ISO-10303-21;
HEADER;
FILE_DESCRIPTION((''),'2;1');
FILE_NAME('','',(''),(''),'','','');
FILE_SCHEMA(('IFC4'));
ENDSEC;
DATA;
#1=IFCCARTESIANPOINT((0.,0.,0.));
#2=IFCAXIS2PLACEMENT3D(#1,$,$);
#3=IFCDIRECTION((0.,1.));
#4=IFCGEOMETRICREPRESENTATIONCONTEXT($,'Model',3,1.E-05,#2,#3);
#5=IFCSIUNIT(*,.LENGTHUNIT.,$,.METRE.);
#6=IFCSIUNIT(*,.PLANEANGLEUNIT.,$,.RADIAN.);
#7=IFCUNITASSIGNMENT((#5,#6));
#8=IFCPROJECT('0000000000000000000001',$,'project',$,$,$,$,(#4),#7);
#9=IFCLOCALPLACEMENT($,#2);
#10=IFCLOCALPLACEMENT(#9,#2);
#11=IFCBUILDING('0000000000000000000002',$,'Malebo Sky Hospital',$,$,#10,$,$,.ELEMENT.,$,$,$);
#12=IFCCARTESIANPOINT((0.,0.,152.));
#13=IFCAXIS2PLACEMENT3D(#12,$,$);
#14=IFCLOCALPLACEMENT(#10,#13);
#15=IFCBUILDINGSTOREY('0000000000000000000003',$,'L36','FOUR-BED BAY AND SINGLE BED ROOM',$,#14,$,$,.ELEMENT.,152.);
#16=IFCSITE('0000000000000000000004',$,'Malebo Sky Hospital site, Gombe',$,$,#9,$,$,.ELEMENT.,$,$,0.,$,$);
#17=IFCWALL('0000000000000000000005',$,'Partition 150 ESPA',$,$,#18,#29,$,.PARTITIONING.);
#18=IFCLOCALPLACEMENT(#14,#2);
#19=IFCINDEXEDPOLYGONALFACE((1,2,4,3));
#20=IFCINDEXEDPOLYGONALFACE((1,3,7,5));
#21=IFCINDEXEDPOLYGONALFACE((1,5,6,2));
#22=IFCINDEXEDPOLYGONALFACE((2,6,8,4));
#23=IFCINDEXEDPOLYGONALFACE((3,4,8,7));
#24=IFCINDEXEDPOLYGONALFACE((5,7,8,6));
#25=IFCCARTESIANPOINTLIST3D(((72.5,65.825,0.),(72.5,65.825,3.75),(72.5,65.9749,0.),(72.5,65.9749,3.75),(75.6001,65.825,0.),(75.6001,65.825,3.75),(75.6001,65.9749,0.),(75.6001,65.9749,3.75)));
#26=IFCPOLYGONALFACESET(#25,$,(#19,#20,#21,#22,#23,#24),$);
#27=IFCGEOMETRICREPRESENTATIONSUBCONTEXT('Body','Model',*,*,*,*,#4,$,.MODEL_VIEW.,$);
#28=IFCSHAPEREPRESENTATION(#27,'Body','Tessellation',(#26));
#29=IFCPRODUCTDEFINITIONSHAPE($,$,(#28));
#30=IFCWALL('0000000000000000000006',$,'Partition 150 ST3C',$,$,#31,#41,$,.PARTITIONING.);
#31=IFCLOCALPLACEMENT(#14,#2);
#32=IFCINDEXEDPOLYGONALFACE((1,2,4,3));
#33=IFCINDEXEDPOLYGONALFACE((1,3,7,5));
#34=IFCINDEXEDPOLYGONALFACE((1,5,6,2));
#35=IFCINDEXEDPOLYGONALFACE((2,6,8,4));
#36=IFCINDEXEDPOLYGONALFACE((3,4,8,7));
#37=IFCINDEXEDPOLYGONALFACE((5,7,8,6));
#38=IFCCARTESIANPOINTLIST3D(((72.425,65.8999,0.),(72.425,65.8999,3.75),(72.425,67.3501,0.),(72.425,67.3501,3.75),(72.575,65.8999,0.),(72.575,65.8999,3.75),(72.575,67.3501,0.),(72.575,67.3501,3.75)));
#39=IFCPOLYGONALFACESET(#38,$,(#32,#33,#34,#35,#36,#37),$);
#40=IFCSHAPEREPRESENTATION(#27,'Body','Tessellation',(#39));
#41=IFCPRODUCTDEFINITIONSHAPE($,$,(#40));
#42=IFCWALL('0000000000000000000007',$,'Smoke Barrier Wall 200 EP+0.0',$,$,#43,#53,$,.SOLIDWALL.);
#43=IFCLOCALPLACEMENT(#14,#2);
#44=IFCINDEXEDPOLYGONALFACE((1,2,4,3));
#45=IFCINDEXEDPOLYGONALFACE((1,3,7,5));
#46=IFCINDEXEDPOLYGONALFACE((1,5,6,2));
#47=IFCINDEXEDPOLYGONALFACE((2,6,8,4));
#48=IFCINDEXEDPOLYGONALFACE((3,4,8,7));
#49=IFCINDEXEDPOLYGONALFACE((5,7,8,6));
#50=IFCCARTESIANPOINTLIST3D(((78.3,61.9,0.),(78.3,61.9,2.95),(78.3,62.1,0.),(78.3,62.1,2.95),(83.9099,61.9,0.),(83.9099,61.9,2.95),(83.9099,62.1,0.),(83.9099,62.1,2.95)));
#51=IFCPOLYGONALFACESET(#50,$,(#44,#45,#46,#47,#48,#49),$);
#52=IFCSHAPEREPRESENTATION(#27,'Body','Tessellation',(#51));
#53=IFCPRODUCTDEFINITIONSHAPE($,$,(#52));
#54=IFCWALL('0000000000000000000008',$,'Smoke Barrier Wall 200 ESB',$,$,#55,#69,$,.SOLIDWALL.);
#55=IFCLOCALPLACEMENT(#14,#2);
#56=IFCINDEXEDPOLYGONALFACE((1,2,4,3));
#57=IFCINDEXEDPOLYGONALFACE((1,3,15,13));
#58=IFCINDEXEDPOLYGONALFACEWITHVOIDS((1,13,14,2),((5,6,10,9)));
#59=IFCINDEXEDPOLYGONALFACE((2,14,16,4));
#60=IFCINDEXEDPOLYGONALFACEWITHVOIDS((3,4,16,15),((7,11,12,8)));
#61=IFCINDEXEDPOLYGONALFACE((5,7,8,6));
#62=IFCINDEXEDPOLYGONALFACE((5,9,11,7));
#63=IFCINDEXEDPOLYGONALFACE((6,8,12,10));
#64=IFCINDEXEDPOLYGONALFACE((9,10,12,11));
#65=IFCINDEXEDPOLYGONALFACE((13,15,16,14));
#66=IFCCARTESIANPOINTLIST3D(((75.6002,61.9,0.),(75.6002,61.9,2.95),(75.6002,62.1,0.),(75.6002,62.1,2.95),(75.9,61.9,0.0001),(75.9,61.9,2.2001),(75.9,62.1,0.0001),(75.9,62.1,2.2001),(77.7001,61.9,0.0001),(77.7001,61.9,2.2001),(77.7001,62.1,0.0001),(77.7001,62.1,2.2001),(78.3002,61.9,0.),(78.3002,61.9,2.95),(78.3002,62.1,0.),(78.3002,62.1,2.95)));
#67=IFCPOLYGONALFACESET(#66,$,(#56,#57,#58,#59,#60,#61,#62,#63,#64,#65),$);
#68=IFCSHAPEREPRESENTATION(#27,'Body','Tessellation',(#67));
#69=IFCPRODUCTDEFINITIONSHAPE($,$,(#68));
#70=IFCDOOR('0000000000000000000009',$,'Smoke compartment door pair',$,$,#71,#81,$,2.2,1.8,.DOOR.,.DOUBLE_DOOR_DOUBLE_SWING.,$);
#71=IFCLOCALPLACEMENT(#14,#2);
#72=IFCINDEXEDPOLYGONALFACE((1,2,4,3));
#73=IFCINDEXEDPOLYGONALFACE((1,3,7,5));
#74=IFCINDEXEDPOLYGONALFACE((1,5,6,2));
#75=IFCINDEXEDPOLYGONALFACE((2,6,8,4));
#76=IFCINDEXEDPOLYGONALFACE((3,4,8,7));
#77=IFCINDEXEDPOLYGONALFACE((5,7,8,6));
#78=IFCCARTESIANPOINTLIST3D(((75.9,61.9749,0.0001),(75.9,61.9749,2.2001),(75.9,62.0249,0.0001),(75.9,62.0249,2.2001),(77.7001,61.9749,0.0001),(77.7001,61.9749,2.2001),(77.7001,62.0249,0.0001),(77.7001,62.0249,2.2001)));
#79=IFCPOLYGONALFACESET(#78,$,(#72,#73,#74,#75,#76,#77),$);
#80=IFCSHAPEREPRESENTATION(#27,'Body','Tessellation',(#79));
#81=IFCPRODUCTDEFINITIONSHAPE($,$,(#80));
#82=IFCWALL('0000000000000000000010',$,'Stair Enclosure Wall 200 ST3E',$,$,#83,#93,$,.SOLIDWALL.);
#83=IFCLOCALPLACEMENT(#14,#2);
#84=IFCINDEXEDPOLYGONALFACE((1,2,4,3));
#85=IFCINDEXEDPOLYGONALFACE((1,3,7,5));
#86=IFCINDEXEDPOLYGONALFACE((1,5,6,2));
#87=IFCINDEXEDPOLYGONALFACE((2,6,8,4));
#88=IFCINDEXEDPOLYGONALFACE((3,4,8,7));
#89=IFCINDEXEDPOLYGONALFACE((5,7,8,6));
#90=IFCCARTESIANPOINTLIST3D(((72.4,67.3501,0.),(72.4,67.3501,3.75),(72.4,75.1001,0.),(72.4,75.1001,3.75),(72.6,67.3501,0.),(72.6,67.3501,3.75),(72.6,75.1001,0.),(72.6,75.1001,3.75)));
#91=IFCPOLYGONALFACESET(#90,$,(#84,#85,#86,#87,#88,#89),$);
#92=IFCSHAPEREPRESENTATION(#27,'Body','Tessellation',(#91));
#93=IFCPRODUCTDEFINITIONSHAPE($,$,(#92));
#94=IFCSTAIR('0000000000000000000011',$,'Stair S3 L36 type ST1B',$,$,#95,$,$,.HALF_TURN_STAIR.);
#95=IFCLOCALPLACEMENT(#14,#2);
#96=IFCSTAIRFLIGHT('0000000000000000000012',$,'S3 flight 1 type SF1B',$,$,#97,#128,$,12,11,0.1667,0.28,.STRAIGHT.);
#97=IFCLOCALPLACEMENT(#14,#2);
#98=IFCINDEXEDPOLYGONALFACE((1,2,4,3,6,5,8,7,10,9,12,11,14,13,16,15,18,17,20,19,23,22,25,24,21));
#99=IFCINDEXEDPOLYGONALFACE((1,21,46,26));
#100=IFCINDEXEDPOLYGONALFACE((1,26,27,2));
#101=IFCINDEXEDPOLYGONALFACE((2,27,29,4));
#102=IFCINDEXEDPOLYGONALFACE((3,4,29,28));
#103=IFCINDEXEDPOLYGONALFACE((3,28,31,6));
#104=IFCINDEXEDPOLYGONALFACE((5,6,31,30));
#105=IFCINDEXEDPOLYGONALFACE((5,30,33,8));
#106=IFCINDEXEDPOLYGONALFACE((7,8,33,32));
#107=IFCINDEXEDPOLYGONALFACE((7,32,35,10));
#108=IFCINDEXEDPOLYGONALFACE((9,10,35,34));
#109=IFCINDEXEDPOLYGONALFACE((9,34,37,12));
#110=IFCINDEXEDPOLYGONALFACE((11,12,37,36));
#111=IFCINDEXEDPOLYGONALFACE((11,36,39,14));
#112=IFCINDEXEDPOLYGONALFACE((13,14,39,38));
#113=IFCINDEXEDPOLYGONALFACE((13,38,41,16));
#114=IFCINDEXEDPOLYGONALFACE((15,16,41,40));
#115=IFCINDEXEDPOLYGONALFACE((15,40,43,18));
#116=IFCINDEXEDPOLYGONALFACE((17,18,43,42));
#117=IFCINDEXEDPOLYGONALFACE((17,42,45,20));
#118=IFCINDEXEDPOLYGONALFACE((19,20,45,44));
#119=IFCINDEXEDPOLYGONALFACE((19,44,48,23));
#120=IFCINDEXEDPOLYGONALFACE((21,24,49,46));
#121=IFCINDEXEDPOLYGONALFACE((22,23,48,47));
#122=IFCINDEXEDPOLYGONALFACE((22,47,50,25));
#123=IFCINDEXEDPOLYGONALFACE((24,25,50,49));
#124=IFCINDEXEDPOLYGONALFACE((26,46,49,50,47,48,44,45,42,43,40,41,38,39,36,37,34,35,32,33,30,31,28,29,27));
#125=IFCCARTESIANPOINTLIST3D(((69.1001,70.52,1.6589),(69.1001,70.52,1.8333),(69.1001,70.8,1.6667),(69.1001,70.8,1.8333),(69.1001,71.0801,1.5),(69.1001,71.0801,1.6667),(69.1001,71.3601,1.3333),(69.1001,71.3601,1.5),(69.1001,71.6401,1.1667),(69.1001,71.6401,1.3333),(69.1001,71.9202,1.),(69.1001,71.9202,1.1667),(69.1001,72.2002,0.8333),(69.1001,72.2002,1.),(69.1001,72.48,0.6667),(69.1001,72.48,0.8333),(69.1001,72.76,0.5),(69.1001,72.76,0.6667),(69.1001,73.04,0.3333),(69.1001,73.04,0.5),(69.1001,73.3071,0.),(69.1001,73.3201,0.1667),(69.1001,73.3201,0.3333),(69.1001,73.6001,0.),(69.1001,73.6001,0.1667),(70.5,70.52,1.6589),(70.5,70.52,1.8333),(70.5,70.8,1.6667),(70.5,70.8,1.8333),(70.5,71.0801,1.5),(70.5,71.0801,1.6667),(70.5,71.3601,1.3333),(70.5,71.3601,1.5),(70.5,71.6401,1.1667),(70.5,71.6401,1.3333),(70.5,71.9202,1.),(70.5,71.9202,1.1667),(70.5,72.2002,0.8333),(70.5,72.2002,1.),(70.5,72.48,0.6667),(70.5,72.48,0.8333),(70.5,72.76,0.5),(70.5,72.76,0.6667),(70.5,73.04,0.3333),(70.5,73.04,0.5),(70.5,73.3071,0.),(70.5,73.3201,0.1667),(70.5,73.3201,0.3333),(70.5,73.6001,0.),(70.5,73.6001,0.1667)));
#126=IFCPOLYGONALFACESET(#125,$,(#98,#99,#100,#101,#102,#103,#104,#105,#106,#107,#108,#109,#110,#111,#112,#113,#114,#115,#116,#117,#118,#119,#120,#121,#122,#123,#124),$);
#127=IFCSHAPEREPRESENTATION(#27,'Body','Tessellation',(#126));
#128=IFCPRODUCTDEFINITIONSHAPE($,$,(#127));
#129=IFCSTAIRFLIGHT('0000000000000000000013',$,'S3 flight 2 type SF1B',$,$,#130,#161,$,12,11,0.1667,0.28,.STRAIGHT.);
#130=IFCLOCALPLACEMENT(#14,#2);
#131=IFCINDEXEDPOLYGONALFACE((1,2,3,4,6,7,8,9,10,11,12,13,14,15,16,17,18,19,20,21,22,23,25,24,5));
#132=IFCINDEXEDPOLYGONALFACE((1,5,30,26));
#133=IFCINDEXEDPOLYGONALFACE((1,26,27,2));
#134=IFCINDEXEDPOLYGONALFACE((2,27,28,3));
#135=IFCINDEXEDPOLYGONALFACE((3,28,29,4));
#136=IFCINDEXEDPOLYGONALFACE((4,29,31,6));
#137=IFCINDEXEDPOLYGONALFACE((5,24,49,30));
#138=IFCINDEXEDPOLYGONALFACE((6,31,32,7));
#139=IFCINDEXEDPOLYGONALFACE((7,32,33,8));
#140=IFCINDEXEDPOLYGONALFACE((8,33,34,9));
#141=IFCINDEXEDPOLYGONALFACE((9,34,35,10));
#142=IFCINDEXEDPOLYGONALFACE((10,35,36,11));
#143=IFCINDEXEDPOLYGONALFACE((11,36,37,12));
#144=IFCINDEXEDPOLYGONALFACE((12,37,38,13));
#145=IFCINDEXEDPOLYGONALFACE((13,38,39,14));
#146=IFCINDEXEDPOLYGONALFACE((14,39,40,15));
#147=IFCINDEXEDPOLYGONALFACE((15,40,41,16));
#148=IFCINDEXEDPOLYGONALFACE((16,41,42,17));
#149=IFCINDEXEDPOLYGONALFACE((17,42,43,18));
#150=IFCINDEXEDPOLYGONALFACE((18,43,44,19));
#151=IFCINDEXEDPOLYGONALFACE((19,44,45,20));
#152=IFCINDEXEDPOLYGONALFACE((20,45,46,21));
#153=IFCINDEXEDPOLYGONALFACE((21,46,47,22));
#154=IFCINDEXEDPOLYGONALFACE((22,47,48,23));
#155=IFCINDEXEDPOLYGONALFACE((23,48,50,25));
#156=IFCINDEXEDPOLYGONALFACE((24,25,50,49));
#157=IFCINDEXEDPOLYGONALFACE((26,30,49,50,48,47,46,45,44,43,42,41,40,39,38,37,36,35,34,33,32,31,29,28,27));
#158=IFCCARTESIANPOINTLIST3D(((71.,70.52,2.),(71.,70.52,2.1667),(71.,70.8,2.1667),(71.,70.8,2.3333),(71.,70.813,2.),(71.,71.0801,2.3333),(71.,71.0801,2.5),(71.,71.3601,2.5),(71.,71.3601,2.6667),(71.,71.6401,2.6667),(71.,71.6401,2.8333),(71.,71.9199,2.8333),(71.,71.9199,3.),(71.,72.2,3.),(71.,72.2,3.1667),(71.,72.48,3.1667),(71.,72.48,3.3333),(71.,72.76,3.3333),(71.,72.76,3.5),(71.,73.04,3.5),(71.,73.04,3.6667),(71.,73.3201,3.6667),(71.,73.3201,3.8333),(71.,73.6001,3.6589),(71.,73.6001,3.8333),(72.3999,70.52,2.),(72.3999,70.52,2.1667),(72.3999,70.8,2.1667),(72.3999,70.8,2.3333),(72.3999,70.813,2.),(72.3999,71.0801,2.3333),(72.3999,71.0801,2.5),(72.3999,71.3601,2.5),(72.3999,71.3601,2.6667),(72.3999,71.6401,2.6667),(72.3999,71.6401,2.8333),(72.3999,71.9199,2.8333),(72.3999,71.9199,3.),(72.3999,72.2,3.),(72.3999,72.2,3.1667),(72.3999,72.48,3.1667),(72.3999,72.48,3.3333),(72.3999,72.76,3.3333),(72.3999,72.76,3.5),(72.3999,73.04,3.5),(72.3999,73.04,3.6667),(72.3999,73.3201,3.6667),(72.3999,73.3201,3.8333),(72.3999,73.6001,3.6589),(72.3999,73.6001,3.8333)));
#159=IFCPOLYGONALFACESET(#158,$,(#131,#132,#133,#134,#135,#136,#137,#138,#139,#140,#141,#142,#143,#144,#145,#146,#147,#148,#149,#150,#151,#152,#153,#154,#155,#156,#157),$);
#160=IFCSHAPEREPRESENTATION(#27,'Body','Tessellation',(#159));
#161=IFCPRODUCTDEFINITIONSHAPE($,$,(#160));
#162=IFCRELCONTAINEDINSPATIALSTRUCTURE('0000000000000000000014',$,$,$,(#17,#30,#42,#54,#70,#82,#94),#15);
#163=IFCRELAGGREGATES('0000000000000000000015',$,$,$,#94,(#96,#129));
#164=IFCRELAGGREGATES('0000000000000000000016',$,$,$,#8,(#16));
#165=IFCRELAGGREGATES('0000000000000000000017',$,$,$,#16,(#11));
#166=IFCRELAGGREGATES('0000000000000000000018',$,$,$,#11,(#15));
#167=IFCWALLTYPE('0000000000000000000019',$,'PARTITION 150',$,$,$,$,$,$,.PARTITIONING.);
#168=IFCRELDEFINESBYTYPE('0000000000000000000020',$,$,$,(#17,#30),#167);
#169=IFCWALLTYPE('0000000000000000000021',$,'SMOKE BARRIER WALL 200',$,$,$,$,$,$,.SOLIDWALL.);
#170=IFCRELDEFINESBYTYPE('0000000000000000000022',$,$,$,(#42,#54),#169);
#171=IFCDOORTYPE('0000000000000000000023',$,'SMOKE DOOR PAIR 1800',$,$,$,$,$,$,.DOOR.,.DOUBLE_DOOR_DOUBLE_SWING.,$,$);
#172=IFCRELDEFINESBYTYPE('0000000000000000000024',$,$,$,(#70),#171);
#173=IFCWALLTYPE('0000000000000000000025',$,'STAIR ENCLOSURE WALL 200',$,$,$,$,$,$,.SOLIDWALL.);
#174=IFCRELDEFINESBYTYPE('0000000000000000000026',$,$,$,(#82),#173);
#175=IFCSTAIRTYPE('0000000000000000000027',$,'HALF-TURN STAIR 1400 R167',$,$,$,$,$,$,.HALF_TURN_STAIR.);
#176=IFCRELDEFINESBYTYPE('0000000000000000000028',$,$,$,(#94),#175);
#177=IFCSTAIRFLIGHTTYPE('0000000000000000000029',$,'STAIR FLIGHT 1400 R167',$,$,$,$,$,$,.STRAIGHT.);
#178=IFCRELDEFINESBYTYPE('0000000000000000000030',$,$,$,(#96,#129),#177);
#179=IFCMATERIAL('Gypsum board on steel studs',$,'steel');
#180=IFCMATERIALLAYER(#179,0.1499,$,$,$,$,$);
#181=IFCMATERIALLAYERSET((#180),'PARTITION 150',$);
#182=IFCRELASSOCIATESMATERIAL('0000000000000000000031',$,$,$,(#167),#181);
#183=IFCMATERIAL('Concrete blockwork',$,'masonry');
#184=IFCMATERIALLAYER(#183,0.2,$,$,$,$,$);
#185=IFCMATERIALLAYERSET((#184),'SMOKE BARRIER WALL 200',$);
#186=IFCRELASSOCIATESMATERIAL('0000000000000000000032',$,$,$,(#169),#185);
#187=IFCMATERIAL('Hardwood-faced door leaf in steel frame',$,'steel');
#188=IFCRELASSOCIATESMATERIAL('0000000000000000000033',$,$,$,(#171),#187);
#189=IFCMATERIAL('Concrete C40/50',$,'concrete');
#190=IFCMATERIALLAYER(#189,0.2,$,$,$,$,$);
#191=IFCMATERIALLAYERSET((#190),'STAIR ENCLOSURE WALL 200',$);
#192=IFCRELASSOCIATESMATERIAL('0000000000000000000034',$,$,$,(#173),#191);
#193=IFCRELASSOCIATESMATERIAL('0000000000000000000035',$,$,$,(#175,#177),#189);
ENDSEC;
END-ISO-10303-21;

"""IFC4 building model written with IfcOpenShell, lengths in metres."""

from ifc_helpers import new_model, si_unit, direction, frame, frame_2d, origin, place, context, subcontext, project, spatial, polyline, rectangle, outline, extrude, material, layer, layer_set, type_object, element, fill, aggregate, save


model = new_model("IFC4")

# Units and contexts
model_context = context("Model", 3, precision=1e-05, world=origin(), true_north=direction((0.0, 1.0)))
body_context = subcontext(model_context, "Body", "Model", "MODEL_VIEW")
ifc_project = project(units=[si_unit("LENGTHUNIT", "METRE"), si_unit("PLANEANGLEUNIT", "RADIAN")], contexts=[model_context])

# Site, building, storey
site_placement = place(None, origin())
site = spatial("IfcSite", under=ifc_project, at=site_placement, Name="Malebo Sky Hospital site, Gombe", CompositionType="ELEMENT", RefElevation=0.0)
building_placement = place(site_placement, origin())
building = spatial("IfcBuilding", under=site, at=building_placement, Name="Malebo Sky Hospital", CompositionType="ELEMENT")
storey_placement = place(building_placement, frame((0.0, 0.0, 152.0)))
storey = spatial("IfcBuildingStorey", under=building, at=storey_placement, Name="L36", Description="FOUR-BED BAY AND SINGLE BED ROOM", CompositionType="ELEMENT", Elevation=152.0)

# Shared definitions
ifc_material_1 = material(Name="Gypsum board on steel studs", Category="steel")
ifc_material_2 = material(Name="Hardwood-faced door leaf in steel frame", Category="steel")

# Walls
ifc_layer_1 = layer(ifc_material_1, 0.1499)
ifc_layer_set_1 = layer_set([ifc_layer_1], Name="PARTITION 150")
wall_type_1 = type_object("IfcWallType", Name="PARTITION 150", PredefinedType="PARTITIONING", material=ifc_layer_set_1)
for number, where, z_axis, x_axis, name in (
    (1, (72.5, 65.8999, 0.0), (0.0, 0.0, 1.0), (1.0, 0.0, 0.0), "Partition 150 ESPA"),
):
    element("IfcWall", number, at=place(storey_placement, frame(where, z_axis=z_axis, x_axis=x_axis)), inside=storey, type_object=wall_type_1, Name=name, PredefinedType="PARTITIONING", context=body_context, shape_type="SweptSolid", body=[
        extrude(rectangle(XDim=3.1001, YDim=0.1499, at=frame_2d((1.55, 0.0))), origin(), (0.0, 0.0, 1.0), 3.75),
    ])
wall_1_placement = place(storey_placement, frame((72.5, 65.8999, 0.0), z_axis=(0.0, 0.0, 1.0), x_axis=(0.0, 1.0, 0.0)))
element("IfcWall", 2, at=wall_1_placement, inside=storey, type_object=wall_type_1, Name="Partition 150 ST3C", PredefinedType="PARTITIONING", context=body_context, shape_type="SweptSolid", body=[
    extrude(rectangle(XDim=1.4502, YDim=0.1499, at=frame_2d((0.7251, 0.0))), origin(), (0.0, 0.0, 1.0), 3.75),
])
ifc_material_3 = material(Name="Concrete blockwork", Category="masonry")
ifc_layer_2 = layer(ifc_material_3, 0.2)
ifc_layer_set_2 = layer_set([ifc_layer_2], Name="SMOKE BARRIER WALL 200")
wall_type_2 = type_object("IfcWallType", Name="SMOKE BARRIER WALL 200", PredefinedType="SOLIDWALL", material=ifc_layer_set_2)
wall_2_placement = place(storey_placement, frame((78.3, 62.0, 0.0), z_axis=(0.0, 0.0, 1.0), x_axis=(1.0, 0.0, 0.0)))
element("IfcWall", 3, at=wall_2_placement, inside=storey, type_object=wall_type_2, Name="Smoke Barrier Wall 200 EP+0.0", PredefinedType="SOLIDWALL", context=body_context, shape_type="SweptSolid", body=[
    extrude(rectangle(XDim=5.6099, YDim=0.2, at=frame_2d((2.8049, 0.0))), origin(), (0.0, 0.0, 1.0), 2.95),
])

# Wall, opening, door
wall_3_placement = place(storey_placement, frame((75.6001, 62.0, 0.0), z_axis=(0.0, 0.0, 1.0), x_axis=(1.0, 0.0, 0.0)))
wall_3 = element("IfcWall", 4, at=wall_3_placement, inside=storey, type_object=wall_type_2, Name="Smoke Barrier Wall 200 ESB", PredefinedType="SOLIDWALL", context=body_context, shape_type="SweptSolid", body=[
    extrude(rectangle(XDim=2.7, YDim=0.2, at=frame_2d((1.3501, 0.0))), origin(), (0.0, 0.0, 1.0), 2.95),
])
opening_1_placement = place(wall_3_placement, frame((0.3, 0.0, 0.0)))
opening_1 = element("IfcOpeningElement", 5, at=opening_1_placement, cuts=wall_3, PredefinedType="OPENING", context=body_context, shape_type="SweptSolid", body=[
    extrude(rectangle(XDim=1.8, YDim=2.2, at=frame_2d((0.8999, 1.1001))), frame((0.0, 0.1099, 0.0), z_axis=(0.0, -1.0, 0.0), x_axis=(1.0, 0.0, 0.0)), (0.0, 0.0, 1.0), 0.22),
])
door_type_1 = type_object("IfcDoorType", Name="SMOKE DOOR PAIR 1800", OperationType="DOUBLE_DOOR_DOUBLE_SWING", PredefinedType="DOOR", material=ifc_material_2)
door_1_placement = place(opening_1_placement, origin())
door_1 = element("IfcDoor", 6, at=door_1_placement, inside=storey, type_object=door_type_1, Name="Smoke compartment door pair", OperationType="DOUBLE_DOOR_DOUBLE_SWING", OverallHeight=2.2, OverallWidth=1.8, PredefinedType="DOOR", context=body_context, shape_type="SweptSolid", body=[
    extrude(rectangle(XDim=1.8, YDim=2.2, at=frame_2d((0.8999, 1.1001))), frame((0.0, 0.0249, 0.0), z_axis=(0.0, -1.0, 0.0), x_axis=(1.0, 0.0, 0.0)), (0.0, 0.0, 1.0), 0.05),
])
fill(opening_1, door_1)

# Wall
ifc_material_4 = material(Name="Concrete C40/50", Category="concrete")
ifc_layer_3 = layer(ifc_material_4, 0.2)
ifc_layer_set_3 = layer_set([ifc_layer_3], Name="STAIR ENCLOSURE WALL 200")
wall_type_3 = type_object("IfcWallType", Name="STAIR ENCLOSURE WALL 200", PredefinedType="SOLIDWALL", material=ifc_layer_set_3)
wall_4_placement = place(storey_placement, frame((72.5, 67.3501, 0.0), z_axis=(0.0, 0.0, 1.0), x_axis=(0.0, 1.0, 0.0)))
element("IfcWall", 7, at=wall_4_placement, inside=storey, type_object=wall_type_3, Name="Stair Enclosure Wall 200 ST3E", PredefinedType="SOLIDWALL", context=body_context, shape_type="SweptSolid", body=[
    extrude(rectangle(XDim=7.75, YDim=0.2, at=frame_2d((3.875, 0.0))), origin(), (0.0, 0.0, 1.0), 3.75),
])

# Stair, stair flights
stair_type = type_object("IfcStairType", Name="HALF-TURN STAIR 1400 R167", PredefinedType="HALF_TURN_STAIR", material=ifc_material_4)
stair_placement = place(storey_placement, origin())
stair = element("IfcStair", 8, at=stair_placement, inside=storey, type_object=stair_type, Name="Stair S3 L36 type ST1B", PredefinedType="HALF_TURN_STAIR")
stair_flight_type = type_object("IfcStairFlightType", Name="STAIR FLIGHT 1400 R167", PredefinedType="STRAIGHT", material=ifc_material_4)
stair_flight_1_placement = place(storey_placement, frame((69.8, 73.6001, 0.0), z_axis=(0.0, 0.0, 1.0), x_axis=(0.0, -1.0, 0.0)))
stair_flight_1 = element("IfcStairFlight", 9, at=stair_flight_1_placement, type_object=stair_flight_type, Name="S3 flight 1 type SF1B", NumberOfRisers=12, NumberOfTreads=11, PredefinedType="STRAIGHT", RiserHeight=0.1667, TreadLength=0.28, context=body_context, shape_type="SweptSolid", body=[
    extrude(outline(polyline([(0.0, 0.0), (0.0, 0.1667), (0.28, 0.1667), (0.28, 0.3333), (0.5601, 0.3333), (0.5601, 0.5), (0.8401, 0.5), (0.8401, 0.6667), (1.1201, 0.6667), (1.1201, 0.8333), (1.3999, 0.8333), (1.3999, 1.0), (1.6799, 1.0), (1.6799, 1.1667), (1.96, 1.1667), (1.96, 1.3333), (2.24, 1.3333), (2.24, 1.5), (2.52, 1.5), (2.52, 1.6667), (2.8, 1.6667), (2.8, 1.8333), (3.0801, 1.8333), (3.0801, 2.0), (3.0801, 1.6589), (0.293, 0.0), (0.0, 0.0)])), frame((0.0, 0.7, 0.0), z_axis=(0.0, -1.0, 0.0), x_axis=(1.0, 0.0, 0.0)), (0.0, 0.0, 1.0), 1.3999),
])
stair_flight_2_placement = place(storey_placement, frame((71.7, 70.52, 2.0), z_axis=(0.0, 0.0, 1.0), x_axis=(0.0, 1.0, 0.0)))
stair_flight_2 = element("IfcStairFlight", 10, at=stair_flight_2_placement, type_object=stair_flight_type, Name="S3 flight 2 type SF1B", NumberOfRisers=12, NumberOfTreads=11, PredefinedType="STRAIGHT", RiserHeight=0.1667, TreadLength=0.28, context=body_context, shape_type="SweptSolid", body=[
    extrude(outline(polyline([(0.0, 0.0), (0.0, 0.1667), (0.28, 0.1667), (0.28, 0.3333), (0.5601, 0.3333), (0.5601, 0.5), (0.8401, 0.5), (0.8401, 0.6667), (1.1201, 0.6667), (1.1201, 0.8333), (1.3999, 0.8333), (1.3999, 1.0), (1.6799, 1.0), (1.6799, 1.1667), (1.96, 1.1667), (1.96, 1.3333), (2.24, 1.3333), (2.24, 1.5), (2.52, 1.5), (2.52, 1.6667), (2.8, 1.6667), (2.8, 1.8333), (3.0801, 1.8333), (3.0801, 2.0), (3.0801, 1.6589), (0.293, 0.0), (0.0, 0.0)])), frame((0.0, 0.7, 0.0), z_axis=(0.0, -1.0, 0.0), x_axis=(1.0, 0.0, 0.0)), (0.0, 0.0, 1.0), 1.3999),
])
aggregate(stair, [stair_flight_1, stair_flight_2])

save(model, "model.ifc")
